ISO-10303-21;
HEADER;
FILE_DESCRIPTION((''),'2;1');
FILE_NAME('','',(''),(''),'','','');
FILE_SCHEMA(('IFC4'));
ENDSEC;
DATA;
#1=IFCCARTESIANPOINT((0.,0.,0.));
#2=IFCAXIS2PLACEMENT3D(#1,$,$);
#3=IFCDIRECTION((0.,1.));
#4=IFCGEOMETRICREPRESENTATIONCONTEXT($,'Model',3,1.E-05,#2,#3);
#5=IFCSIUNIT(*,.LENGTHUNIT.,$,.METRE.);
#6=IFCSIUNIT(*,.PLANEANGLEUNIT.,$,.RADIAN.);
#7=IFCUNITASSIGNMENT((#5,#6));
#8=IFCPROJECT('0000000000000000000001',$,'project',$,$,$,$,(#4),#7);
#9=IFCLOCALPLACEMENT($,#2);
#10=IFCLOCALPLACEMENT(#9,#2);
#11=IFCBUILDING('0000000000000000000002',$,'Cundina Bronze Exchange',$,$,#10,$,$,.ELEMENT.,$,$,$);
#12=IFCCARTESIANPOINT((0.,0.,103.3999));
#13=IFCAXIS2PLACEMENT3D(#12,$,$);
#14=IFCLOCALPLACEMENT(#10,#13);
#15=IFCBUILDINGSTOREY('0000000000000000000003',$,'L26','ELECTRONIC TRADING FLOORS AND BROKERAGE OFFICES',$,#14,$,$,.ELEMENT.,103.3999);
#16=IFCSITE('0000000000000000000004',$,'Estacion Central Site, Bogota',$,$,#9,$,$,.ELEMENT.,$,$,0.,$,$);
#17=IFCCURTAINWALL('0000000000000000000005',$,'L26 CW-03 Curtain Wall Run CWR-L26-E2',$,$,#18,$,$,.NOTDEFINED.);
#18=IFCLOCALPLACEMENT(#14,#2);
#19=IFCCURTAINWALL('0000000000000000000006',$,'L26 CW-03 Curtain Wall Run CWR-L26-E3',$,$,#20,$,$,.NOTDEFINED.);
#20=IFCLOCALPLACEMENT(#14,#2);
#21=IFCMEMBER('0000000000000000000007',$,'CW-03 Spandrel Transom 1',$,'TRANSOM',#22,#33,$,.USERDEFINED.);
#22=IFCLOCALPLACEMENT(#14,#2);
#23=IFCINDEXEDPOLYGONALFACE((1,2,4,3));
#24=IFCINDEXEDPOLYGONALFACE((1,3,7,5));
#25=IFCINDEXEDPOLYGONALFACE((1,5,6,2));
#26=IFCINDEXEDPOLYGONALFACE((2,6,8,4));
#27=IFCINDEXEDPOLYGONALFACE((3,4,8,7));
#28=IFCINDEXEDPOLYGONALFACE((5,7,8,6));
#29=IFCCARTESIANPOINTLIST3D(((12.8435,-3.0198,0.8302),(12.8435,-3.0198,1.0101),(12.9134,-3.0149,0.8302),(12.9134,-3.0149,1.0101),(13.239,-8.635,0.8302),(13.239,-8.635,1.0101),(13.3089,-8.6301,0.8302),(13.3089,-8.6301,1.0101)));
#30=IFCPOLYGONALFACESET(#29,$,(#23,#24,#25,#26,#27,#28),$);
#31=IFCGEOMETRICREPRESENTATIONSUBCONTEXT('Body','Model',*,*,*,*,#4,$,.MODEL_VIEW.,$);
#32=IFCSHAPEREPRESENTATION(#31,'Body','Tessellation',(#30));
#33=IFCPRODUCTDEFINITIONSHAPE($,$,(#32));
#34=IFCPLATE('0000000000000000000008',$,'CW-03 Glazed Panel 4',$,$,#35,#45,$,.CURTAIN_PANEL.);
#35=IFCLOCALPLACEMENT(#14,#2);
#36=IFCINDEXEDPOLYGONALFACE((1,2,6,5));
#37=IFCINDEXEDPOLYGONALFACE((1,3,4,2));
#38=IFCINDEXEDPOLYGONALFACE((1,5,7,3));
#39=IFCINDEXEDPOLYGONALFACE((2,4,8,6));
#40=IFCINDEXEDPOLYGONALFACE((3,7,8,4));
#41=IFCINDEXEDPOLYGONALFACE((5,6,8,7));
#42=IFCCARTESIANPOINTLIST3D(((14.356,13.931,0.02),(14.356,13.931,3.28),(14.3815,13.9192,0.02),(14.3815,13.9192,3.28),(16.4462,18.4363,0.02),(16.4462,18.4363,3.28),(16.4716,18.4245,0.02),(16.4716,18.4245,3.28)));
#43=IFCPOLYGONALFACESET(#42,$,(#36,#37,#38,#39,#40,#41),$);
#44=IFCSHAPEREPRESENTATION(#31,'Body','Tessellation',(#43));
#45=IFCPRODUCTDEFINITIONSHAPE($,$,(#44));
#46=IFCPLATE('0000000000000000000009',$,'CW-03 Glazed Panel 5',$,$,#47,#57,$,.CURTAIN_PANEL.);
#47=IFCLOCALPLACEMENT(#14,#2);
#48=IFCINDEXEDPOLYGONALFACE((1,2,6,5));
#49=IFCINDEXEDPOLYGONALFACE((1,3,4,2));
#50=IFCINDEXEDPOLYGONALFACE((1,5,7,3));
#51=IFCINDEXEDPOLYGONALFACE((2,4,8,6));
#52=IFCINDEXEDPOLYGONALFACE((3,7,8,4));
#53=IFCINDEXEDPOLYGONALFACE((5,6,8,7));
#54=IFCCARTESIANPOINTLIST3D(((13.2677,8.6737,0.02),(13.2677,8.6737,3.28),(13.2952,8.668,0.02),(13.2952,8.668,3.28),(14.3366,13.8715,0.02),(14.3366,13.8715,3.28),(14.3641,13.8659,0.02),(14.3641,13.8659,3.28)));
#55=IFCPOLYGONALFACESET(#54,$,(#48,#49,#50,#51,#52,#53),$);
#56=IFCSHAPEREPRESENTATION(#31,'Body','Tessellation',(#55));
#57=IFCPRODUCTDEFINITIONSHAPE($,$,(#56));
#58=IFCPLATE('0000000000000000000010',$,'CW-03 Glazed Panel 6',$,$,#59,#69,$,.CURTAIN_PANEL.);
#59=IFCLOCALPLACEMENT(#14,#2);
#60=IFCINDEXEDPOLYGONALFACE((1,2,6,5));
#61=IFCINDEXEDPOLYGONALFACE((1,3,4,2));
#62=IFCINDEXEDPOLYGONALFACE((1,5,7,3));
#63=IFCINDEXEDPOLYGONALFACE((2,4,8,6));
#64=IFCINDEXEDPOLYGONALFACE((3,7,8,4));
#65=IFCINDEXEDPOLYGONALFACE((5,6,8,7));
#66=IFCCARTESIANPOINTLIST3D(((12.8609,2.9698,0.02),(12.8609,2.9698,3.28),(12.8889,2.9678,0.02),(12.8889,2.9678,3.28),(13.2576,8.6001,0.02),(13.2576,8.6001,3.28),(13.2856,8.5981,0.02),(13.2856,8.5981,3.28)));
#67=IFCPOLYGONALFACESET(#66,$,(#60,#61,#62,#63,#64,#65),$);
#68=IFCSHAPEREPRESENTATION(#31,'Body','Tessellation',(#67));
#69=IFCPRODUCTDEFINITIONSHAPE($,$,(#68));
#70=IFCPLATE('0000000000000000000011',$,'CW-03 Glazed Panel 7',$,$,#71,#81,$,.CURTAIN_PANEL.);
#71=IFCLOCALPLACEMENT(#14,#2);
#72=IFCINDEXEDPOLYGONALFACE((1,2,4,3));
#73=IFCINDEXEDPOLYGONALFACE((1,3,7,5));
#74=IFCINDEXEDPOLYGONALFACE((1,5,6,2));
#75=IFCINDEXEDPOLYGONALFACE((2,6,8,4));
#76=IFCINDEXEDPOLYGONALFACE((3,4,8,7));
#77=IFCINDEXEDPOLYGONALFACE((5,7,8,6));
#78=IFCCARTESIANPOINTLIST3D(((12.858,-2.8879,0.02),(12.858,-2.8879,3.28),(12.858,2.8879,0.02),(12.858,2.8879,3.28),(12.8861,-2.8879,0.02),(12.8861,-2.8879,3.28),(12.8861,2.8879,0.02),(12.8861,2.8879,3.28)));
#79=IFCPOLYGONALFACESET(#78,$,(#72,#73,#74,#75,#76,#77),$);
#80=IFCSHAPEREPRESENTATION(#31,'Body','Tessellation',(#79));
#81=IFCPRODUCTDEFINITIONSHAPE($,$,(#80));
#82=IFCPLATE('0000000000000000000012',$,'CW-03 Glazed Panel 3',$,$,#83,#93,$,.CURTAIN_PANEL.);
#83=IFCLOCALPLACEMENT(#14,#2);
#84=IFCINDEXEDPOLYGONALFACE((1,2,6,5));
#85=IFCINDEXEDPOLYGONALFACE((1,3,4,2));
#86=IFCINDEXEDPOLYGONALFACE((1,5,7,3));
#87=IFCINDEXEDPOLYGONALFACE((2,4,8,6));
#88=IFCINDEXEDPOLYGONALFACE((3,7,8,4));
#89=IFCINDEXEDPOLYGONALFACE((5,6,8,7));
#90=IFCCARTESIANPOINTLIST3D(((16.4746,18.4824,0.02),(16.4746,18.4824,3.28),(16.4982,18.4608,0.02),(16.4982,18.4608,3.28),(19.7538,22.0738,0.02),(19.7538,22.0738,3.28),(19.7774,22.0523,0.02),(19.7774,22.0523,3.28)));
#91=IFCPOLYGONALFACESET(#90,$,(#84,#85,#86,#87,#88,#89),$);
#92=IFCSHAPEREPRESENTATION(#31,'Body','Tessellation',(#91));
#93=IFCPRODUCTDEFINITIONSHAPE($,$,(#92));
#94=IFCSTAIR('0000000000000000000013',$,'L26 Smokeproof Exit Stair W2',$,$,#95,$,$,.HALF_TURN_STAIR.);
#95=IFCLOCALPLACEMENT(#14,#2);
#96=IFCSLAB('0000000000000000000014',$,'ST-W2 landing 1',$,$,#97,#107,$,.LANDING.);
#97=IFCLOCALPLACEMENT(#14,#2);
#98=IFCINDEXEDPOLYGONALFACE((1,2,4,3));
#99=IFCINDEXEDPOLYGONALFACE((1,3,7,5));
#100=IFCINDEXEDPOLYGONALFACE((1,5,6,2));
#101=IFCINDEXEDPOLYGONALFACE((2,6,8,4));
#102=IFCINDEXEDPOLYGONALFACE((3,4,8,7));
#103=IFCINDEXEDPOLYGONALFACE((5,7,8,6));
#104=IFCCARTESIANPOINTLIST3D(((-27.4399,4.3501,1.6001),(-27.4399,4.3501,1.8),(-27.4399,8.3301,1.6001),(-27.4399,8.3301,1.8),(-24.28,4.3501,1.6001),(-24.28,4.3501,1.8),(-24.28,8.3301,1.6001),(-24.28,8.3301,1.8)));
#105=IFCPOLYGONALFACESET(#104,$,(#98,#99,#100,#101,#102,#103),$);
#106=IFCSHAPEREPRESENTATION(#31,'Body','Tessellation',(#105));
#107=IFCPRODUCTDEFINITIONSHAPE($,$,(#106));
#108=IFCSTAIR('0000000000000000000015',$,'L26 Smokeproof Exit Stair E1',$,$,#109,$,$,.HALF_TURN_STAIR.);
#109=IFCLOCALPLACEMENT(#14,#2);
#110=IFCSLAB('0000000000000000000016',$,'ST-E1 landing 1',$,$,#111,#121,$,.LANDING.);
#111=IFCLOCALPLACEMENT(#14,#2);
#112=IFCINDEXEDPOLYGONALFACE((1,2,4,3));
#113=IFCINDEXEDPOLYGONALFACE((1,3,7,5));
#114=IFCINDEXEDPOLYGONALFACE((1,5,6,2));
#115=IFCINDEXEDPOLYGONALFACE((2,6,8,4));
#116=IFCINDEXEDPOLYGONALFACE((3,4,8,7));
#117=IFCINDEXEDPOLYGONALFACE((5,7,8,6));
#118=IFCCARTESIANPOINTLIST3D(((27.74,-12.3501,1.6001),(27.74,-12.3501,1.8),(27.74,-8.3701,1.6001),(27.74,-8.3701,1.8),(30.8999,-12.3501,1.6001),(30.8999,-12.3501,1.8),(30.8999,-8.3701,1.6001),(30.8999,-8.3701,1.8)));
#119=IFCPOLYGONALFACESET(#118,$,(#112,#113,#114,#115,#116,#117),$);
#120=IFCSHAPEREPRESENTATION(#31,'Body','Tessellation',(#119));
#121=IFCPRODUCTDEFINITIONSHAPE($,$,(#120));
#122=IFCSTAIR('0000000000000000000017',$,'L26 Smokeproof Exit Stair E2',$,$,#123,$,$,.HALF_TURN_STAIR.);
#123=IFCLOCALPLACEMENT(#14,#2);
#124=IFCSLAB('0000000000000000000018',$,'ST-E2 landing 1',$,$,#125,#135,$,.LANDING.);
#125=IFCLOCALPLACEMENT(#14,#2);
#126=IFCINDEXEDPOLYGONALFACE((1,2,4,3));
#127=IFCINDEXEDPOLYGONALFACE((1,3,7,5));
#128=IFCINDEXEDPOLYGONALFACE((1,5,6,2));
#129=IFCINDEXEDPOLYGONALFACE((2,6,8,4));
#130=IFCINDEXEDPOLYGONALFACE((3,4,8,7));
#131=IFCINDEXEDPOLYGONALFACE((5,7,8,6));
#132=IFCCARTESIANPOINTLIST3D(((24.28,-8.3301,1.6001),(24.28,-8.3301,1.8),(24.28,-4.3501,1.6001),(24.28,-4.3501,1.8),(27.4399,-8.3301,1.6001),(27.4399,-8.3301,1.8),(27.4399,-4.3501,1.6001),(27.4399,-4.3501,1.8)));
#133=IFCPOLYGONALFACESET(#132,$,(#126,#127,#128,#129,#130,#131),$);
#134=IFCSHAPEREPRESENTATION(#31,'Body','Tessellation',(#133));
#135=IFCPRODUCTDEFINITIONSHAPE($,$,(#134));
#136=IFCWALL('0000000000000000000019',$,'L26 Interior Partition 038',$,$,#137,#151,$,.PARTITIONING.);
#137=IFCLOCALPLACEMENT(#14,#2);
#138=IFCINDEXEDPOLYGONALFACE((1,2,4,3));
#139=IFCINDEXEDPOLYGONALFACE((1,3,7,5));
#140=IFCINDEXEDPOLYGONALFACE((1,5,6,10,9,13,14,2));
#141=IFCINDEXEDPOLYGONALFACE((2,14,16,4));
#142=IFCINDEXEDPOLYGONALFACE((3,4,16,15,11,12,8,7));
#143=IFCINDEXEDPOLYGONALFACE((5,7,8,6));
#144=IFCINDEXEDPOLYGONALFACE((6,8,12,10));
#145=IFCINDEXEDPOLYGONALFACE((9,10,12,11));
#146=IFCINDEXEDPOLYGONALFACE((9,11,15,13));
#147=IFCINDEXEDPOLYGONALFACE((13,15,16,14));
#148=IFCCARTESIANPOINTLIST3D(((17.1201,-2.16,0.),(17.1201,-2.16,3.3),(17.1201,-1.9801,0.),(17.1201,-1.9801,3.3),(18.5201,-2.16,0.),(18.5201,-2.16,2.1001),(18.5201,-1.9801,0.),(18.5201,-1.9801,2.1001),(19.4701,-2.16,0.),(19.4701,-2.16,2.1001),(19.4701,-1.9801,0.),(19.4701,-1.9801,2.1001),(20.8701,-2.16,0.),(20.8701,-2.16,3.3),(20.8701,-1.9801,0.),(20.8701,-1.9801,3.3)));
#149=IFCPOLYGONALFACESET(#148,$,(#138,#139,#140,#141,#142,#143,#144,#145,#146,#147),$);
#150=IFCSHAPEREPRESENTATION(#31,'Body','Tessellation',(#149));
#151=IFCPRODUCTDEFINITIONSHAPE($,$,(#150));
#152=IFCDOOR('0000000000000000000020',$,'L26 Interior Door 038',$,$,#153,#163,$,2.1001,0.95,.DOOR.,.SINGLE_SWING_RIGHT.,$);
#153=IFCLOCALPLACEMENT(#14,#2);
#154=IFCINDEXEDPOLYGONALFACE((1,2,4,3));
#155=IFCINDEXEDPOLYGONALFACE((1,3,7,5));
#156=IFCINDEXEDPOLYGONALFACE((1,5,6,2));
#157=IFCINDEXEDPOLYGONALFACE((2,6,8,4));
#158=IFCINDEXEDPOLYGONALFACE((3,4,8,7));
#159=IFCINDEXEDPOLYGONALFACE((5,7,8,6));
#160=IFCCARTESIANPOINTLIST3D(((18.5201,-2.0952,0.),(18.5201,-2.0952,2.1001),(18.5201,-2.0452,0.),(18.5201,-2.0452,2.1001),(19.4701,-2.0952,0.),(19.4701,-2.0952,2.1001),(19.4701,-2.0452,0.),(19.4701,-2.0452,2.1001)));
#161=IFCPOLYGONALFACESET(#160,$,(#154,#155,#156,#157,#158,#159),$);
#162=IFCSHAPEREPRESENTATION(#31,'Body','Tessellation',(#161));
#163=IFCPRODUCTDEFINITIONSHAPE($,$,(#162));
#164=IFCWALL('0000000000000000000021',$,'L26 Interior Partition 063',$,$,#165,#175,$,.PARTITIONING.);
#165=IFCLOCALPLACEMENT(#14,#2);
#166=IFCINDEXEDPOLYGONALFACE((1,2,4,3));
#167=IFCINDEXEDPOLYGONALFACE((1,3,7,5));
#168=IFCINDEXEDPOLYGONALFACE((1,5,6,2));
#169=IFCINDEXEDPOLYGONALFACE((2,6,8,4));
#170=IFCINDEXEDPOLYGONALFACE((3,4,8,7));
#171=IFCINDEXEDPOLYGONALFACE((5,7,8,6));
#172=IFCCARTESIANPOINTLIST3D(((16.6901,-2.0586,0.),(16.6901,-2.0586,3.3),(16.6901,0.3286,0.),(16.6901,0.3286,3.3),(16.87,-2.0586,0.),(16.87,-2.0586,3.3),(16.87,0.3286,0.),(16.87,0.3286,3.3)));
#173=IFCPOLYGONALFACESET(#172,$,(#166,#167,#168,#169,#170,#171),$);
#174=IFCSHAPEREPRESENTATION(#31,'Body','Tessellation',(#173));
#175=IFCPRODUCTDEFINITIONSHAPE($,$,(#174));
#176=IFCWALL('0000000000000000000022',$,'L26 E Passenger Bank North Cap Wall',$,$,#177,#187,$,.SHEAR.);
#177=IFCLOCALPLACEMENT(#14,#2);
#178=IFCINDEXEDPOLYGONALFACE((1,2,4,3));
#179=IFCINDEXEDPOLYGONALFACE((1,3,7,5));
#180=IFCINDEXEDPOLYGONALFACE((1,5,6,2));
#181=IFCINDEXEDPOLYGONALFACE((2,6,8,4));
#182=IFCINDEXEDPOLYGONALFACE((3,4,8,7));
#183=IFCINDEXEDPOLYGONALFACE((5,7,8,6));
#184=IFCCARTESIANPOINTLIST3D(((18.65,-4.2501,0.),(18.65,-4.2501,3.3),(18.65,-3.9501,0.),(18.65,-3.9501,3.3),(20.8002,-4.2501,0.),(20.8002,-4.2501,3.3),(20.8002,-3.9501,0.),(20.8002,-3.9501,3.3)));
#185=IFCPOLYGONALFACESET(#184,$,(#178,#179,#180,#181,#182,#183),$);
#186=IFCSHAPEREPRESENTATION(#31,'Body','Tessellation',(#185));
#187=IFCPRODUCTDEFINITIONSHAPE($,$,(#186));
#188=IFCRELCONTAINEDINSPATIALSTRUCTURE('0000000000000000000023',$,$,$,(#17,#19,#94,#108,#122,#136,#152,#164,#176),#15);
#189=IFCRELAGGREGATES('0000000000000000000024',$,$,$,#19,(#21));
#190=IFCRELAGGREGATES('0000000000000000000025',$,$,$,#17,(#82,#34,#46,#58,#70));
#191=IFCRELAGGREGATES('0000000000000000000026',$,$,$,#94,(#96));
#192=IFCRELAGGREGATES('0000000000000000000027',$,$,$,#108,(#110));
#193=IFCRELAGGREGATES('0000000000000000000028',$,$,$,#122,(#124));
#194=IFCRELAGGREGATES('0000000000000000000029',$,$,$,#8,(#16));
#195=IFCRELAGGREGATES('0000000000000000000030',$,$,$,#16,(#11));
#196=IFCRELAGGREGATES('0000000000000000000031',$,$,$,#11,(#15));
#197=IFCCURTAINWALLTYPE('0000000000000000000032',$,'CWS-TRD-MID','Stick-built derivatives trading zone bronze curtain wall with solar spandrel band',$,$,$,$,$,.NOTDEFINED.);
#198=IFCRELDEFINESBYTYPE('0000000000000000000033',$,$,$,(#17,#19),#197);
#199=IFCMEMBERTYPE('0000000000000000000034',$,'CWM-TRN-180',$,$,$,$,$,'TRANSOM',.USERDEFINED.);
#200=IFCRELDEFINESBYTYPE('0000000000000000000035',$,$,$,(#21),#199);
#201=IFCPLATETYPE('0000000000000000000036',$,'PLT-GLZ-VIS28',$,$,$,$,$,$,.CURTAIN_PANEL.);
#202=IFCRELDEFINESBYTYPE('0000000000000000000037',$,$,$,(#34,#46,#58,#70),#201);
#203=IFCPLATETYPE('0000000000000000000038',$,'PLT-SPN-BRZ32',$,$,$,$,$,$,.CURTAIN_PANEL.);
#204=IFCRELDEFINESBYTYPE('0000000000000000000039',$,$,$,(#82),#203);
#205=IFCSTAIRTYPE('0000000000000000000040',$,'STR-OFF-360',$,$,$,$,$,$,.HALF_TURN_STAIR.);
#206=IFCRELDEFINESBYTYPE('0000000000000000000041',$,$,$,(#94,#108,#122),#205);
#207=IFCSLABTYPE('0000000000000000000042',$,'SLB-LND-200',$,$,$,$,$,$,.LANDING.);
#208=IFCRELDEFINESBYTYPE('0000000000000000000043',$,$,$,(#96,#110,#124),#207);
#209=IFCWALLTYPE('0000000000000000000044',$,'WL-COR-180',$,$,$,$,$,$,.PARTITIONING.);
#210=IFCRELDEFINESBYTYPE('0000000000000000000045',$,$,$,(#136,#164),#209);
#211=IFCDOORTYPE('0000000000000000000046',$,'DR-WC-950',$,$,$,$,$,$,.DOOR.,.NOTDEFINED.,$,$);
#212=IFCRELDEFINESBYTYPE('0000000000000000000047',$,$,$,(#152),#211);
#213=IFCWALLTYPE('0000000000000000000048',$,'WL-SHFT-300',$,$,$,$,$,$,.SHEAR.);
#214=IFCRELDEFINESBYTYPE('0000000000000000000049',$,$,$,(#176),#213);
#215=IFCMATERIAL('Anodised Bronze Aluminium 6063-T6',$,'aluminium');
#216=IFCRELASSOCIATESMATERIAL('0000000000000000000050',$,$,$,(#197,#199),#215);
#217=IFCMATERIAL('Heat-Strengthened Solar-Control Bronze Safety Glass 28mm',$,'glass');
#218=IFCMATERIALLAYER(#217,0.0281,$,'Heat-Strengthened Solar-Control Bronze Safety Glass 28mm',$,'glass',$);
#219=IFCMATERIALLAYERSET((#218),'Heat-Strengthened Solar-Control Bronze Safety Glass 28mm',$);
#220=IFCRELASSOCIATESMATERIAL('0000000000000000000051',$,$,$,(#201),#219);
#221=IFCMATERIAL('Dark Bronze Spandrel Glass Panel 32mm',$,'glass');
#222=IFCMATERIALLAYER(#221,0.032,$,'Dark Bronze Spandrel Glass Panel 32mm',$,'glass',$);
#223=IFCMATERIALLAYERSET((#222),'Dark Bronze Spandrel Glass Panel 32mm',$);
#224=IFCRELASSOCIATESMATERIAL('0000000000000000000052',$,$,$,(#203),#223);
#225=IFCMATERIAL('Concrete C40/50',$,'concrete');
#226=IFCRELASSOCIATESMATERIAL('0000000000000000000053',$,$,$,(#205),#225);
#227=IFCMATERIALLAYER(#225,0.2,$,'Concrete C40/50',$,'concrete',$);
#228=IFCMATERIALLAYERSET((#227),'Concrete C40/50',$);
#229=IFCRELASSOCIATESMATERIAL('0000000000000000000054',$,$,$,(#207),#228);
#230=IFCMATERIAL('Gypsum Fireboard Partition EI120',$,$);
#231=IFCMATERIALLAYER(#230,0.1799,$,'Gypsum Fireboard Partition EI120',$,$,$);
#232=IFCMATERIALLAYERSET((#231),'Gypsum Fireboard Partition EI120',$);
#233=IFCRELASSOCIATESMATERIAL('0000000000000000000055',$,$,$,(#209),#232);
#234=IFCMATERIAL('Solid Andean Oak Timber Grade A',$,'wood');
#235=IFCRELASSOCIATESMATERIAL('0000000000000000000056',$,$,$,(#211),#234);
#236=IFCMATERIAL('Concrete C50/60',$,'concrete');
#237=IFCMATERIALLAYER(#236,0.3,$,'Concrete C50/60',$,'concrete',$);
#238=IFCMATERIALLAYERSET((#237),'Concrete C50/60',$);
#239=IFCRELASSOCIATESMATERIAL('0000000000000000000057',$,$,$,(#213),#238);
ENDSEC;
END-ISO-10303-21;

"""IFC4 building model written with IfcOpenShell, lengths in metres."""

from ifc_helpers import new_model, si_unit, direction, frame, frame_2d, origin, origin_2d, place, context, subcontext, project, spatial, polyline, rectangle, outline, extrude, material, layer, layer_set, material_profile, profile_set, type_object, element, fill, aggregate, save


model = new_model("IFC4")

# Units and contexts
model_context = context("Model", 3, precision=1e-05, world=origin(), true_north=direction((0.0, 1.0)))
body_context = subcontext(model_context, "Body", "Model", "MODEL_VIEW")
ifc_project = project(units=[si_unit("LENGTHUNIT", "METRE"), si_unit("PLANEANGLEUNIT", "RADIAN")], contexts=[model_context])

# Site, building, storey
site_placement = place(None, origin())
site = spatial("IfcSite", under=ifc_project, at=site_placement, Name="Estacion Central Site, Bogota", CompositionType="ELEMENT", RefElevation=0.0)
building_placement = place(site_placement, origin())
building = spatial("IfcBuilding", under=site, at=building_placement, Name="Cundina Bronze Exchange", CompositionType="ELEMENT")
storey_placement = place(building_placement, frame((0.0, 0.0, 103.3999)))
storey = spatial("IfcBuildingStorey", under=building, at=storey_placement, Name="L26", Description="ELECTRONIC TRADING FLOORS AND BROKERAGE OFFICES", CompositionType="ELEMENT", Elevation=103.3999)

# Curtain wall
ifc_material_1 = material(Name="Anodised Bronze Aluminium 6063-T6", Category="aluminium")
curtain_wall_type = type_object("IfcCurtainWallType", Name="CWS-TRD-MID", Description="Stick-built derivatives trading zone bronze curtain wall with solar spandrel band", PredefinedType="NOTDEFINED", material=ifc_material_1)
curtain_wall_1_placement = place(storey_placement, origin())
curtain_wall_1 = element("IfcCurtainWall", 1, at=curtain_wall_1_placement, inside=storey, type_object=curtain_wall_type, Name="L26 CW-03 Curtain Wall Run CWR-L26-E2", PredefinedType="NOTDEFINED")

# Curtain wall
curtain_wall_2_placement = place(storey_placement, origin())
curtain_wall_2 = element("IfcCurtainWall", 2, at=curtain_wall_2_placement, inside=storey, type_object=curtain_wall_type, Name="L26 CW-03 Curtain Wall Run CWR-L26-E3", PredefinedType="NOTDEFINED")

# Member
ifc_material_profile_1 = material_profile(ifc_material_1, rectangle(XDim=0.0701, YDim=0.1799, at=origin_2d()), Name="AL70X180", Category="aluminium")
ifc_profile_set_1 = profile_set([ifc_material_profile_1], Name="Anodised Bronze Aluminium 6063-T6")
member_type_1 = type_object("IfcMemberType", Name="CWM-TRN-180", ElementType="TRANSOM", PredefinedType="USERDEFINED", material=ifc_profile_set_1)
member_1_placement = place(storey_placement, frame((12.8784, -3.0173, 0.9202), z_axis=(0.070261, -0.997529, 0.0), x_axis=(0.997529, 0.070261, 0.0)))
member_1 = element("IfcMember", 3, at=member_1_placement, type_object=member_type_1, Name="CW-03 Spandrel Transom 1", ObjectType="TRANSOM", PredefinedType="USERDEFINED", context=body_context, shape_type="SweptSolid", body=[
    extrude(rectangle(XDim=0.0701, YDim=0.1799, at=origin_2d()), origin(), (0.0, 0.0, 1.0), 5.6292),
])
aggregate(curtain_wall_2, [member_1])

# Plates
ifc_material_2 = material(Name="Heat-Strengthened Solar-Control Bronze Safety Glass 28mm", Category="glass")
ifc_layer_1 = layer(ifc_material_2, 0.0281, Name="Heat-Strengthened Solar-Control Bronze Safety Glass 28mm", Category="glass")
ifc_layer_set_1 = layer_set([ifc_layer_1], Name="Heat-Strengthened Solar-Control Bronze Safety Glass 28mm")
plate_type_1 = type_object("IfcPlateType", Name="PLT-GLZ-VIS28", PredefinedType="CURTAIN_PANEL", material=ifc_layer_set_1)
plate_1_placement = place(storey_placement, frame((15.4138, 16.1777, 0.02), z_axis=(0.0, 0.0, 1.0), x_axis=(-0.420846, -0.907132, 0.0)))
plate_1 = element("IfcPlate", 4, at=plate_1_placement, type_object=plate_type_1, Name="CW-03 Glazed Panel 4", PredefinedType="CURTAIN_PANEL", context=body_context, shape_type="SweptSolid", body=[
    extrude(rectangle(XDim=4.9666, YDim=0.0281, at=origin_2d()), origin(), (0.0, 0.0, 1.0), 3.26),
])
plate_2_placement = place(storey_placement, frame((13.8159, 11.2698, 0.02), z_axis=(0.0, 0.0, 1.0), x_axis=(-0.20142, -0.979505, 0.0)))
plate_2 = element("IfcPlate", 5, at=plate_2_placement, type_object=plate_type_1, Name="CW-03 Glazed Panel 5", PredefinedType="CURTAIN_PANEL", context=body_context, shape_type="SweptSolid", body=[
    extrude(rectangle(XDim=5.3066, YDim=0.0281, at=origin_2d()), origin(), (0.0, 0.0, 1.0), 3.26),
])
plate_3_placement = place(storey_placement, frame((13.0732, 5.7839, 0.02), z_axis=(0.0, 0.0, 1.0), x_axis=(-0.070279, -0.997527, 0.0)))
plate_3 = element("IfcPlate", 6, at=plate_3_placement, type_object=plate_type_1, Name="CW-03 Glazed Panel 6", PredefinedType="CURTAIN_PANEL", context=body_context, shape_type="SweptSolid", body=[
    extrude(rectangle(XDim=5.6443, YDim=0.0281, at=origin_2d()), origin(), (0.0, 0.0, 1.0), 3.26),
])
plate_4_placement = place(storey_placement, frame((12.8721, 0.0, 0.02), z_axis=(0.0, 0.0, 1.0), x_axis=(0.0, -1.0, 0.0)))
plate_4 = element("IfcPlate", 7, at=plate_4_placement, type_object=plate_type_1, Name="CW-03 Glazed Panel 7", PredefinedType="CURTAIN_PANEL", context=body_context, shape_type="SweptSolid", body=[
    extrude(rectangle(XDim=5.7759, YDim=0.0281, at=origin_2d()), origin(), (0.0, 0.0, 1.0), 3.26),
])
ifc_material_3 = material(Name="Dark Bronze Spandrel Glass Panel 32mm", Category="glass")
ifc_layer_2 = layer(ifc_material_3, 0.032, Name="Dark Bronze Spandrel Glass Panel 32mm", Category="glass")
ifc_layer_set_2 = layer_set([ifc_layer_2], Name="Dark Bronze Spandrel Glass Panel 32mm")
plate_type_2 = type_object("IfcPlateType", Name="PLT-SPN-BRZ32", PredefinedType="CURTAIN_PANEL", material=ifc_layer_set_2)
plate_5_placement = place(storey_placement, frame((18.126, 20.2673, 0.02), z_axis=(0.0, 0.0, 1.0), x_axis=(-0.674277, -0.738479, 0.0)))
plate_5 = element("IfcPlate", 8, at=plate_5_placement, type_object=plate_type_2, Name="CW-03 Glazed Panel 3", PredefinedType="CURTAIN_PANEL", context=body_context, shape_type="SweptSolid", body=[
    extrude(rectangle(XDim=4.8633, YDim=0.032, at=origin_2d()), origin(), (0.0, 0.0, 1.0), 3.26),
])
aggregate(curtain_wall_1, [plate_5, plate_1, plate_2, plate_3, plate_4])

# Stairs, slabs
ifc_material_4 = material(Name="Concrete C40/50", Category="concrete")
stair_type = type_object("IfcStairType", Name="STR-OFF-360", PredefinedType="HALF_TURN_STAIR", material=ifc_material_4)
stair_1_placement = place(storey_placement, origin())
stair_1 = element("IfcStair", 9, at=stair_1_placement, inside=storey, type_object=stair_type, Name="L26 Smokeproof Exit Stair W2", PredefinedType="HALF_TURN_STAIR")
ifc_layer_3 = layer(ifc_material_4, 0.2, Name="Concrete C40/50", Category="concrete")
ifc_layer_set_3 = layer_set([ifc_layer_3], Name="Concrete C40/50")
slab_type = type_object("IfcSlabType", Name="SLB-LND-200", PredefinedType="LANDING", material=ifc_layer_set_3)
slab_1_placement = place(storey_placement, frame((0.0, 0.0, 1.6001)))
slab_1 = element("IfcSlab", 10, at=slab_1_placement, type_object=slab_type, Name="ST-W2 landing 1", PredefinedType="LANDING", context=body_context, shape_type="SweptSolid", body=[
    extrude(outline(polyline([(-27.4399, 8.3301), (-27.4399, 4.3501), (-24.28, 4.3501), (-24.28, 8.3301), (-27.4399, 8.3301)])), origin(), (0.0, 0.0, 1.0), 0.2),
])
aggregate(stair_1, [slab_1])
stair_2_placement = place(storey_placement, origin())
stair_2 = element("IfcStair", 11, at=stair_2_placement, inside=storey, type_object=stair_type, Name="L26 Smokeproof Exit Stair E1", PredefinedType="HALF_TURN_STAIR")
slab_2_placement = place(storey_placement, frame((0.0, 0.0, 1.6001)))
slab_2 = element("IfcSlab", 12, at=slab_2_placement, type_object=slab_type, Name="ST-E1 landing 1", PredefinedType="LANDING", context=body_context, shape_type="SweptSolid", body=[
    extrude(outline(polyline([(27.74, -8.3701), (27.74, -12.3501), (30.8999, -12.3501), (30.8999, -8.3701), (27.74, -8.3701)])), origin(), (0.0, 0.0, 1.0), 0.2),
])
aggregate(stair_2, [slab_2])
stair_3_placement = place(storey_placement, origin())
stair_3 = element("IfcStair", 13, at=stair_3_placement, inside=storey, type_object=stair_type, Name="L26 Smokeproof Exit Stair E2", PredefinedType="HALF_TURN_STAIR")
slab_3_placement = place(storey_placement, frame((0.0, 0.0, 1.6001)))
slab_3 = element("IfcSlab", 14, at=slab_3_placement, type_object=slab_type, Name="ST-E2 landing 1", PredefinedType="LANDING", context=body_context, shape_type="SweptSolid", body=[
    extrude(outline(polyline([(27.4399, -8.3301), (27.4399, -4.3501), (24.28, -4.3501), (24.28, -8.3301), (27.4399, -8.3301)])), origin(), (0.0, 0.0, 1.0), 0.2),
])
aggregate(stair_3, [slab_3])

# Wall, opening, door
ifc_material_5 = material(Name="Gypsum Fireboard Partition EI120")
ifc_layer_4 = layer(ifc_material_5, 0.1799, Name="Gypsum Fireboard Partition EI120")
ifc_layer_set_4 = layer_set([ifc_layer_4], Name="Gypsum Fireboard Partition EI120")
wall_type_1 = type_object("IfcWallType", Name="WL-COR-180", PredefinedType="PARTITIONING", material=ifc_layer_set_4)
wall_1_placement = place(storey_placement, frame((17.1201, -2.0701, 0.0), z_axis=(0.0, 0.0, 1.0), x_axis=(1.0, 0.0, 0.0)))
wall_1 = element("IfcWall", 15, at=wall_1_placement, inside=storey, type_object=wall_type_1, Name="L26 Interior Partition 038", PredefinedType="PARTITIONING", context=body_context, shape_type="SweptSolid", body=[
    extrude(rectangle(XDim=3.75, YDim=0.1799, at=frame_2d((1.875, 0.0))), origin(), (0.0, 0.0, 1.0), 3.3),
])
opening_placement = place(wall_1_placement, frame((1.3999, 0.0, 0.0)))
opening = element("IfcOpeningElement", 16, at=opening_placement, cuts=wall_1, PredefinedType="OPENING", context=body_context, shape_type="SweptSolid", body=[
    extrude(rectangle(XDim=0.95, YDim=2.1001, at=frame_2d((0.4751, 1.05))), frame((0.0, 0.0999, 0.0), z_axis=(0.0, -1.0, 0.0), x_axis=(1.0, 0.0, 0.0)), (0.0, 0.0, 1.0), 0.2),
])
ifc_material_6 = material(Name="Solid Andean Oak Timber Grade A", Category="wood")
door_type = type_object("IfcDoorType", Name="DR-WC-950", OperationType="NOTDEFINED", PredefinedType="DOOR", material=ifc_material_6)
door_placement = place(opening_placement, origin())
door = element("IfcDoor", 17, at=door_placement, inside=storey, type_object=door_type, Name="L26 Interior Door 038", OperationType="SINGLE_SWING_RIGHT", OverallHeight=2.1001, OverallWidth=0.95, PredefinedType="DOOR", context=body_context, shape_type="SweptSolid", body=[
    extrude(rectangle(XDim=0.95, YDim=2.1001, at=frame_2d((0.4751, 1.05))), frame((0.0, 0.0249, 0.0), z_axis=(0.0, -1.0, 0.0), x_axis=(1.0, 0.0, 0.0)), (0.0, 0.0, 1.0), 0.05),
])
fill(opening, door)

# Walls
wall_2_placement = place(storey_placement, frame((16.78, 0.3286, 0.0), z_axis=(0.0, 0.0, 1.0), x_axis=(0.0, -1.0, 0.0)))
element("IfcWall", 18, at=wall_2_placement, inside=storey, type_object=wall_type_1, Name="L26 Interior Partition 063", PredefinedType="PARTITIONING", context=body_context, shape_type="SweptSolid", body=[
    extrude(rectangle(XDim=2.3872, YDim=0.1799, at=frame_2d((1.1936, 0.0))), origin(), (0.0, 0.0, 1.0), 3.3),
])
ifc_material_7 = material(Name="Concrete C50/60", Category="concrete")
ifc_layer_5 = layer(ifc_material_7, 0.3, Name="Concrete C50/60", Category="concrete")
ifc_layer_set_5 = layer_set([ifc_layer_5], Name="Concrete C50/60")
wall_type_2 = type_object("IfcWallType", Name="WL-SHFT-300", PredefinedType="SHEAR", material=ifc_layer_set_5)
wall_3_placement = place(storey_placement, frame((18.6499, -4.1001, 0.0), z_axis=(0.0, 0.0, 1.0), x_axis=(1.0, 0.0, 0.0)))
element("IfcWall", 19, at=wall_3_placement, inside=storey, type_object=wall_type_2, Name="L26 E Passenger Bank North Cap Wall", PredefinedType="SHEAR", context=body_context, shape_type="SweptSolid", body=[
    extrude(rectangle(XDim=2.1501, YDim=0.3, at=frame_2d((1.0752, 0.0))), origin(), (0.0, 0.0, 1.0), 3.3),
])

save(model, "model.ifc")
